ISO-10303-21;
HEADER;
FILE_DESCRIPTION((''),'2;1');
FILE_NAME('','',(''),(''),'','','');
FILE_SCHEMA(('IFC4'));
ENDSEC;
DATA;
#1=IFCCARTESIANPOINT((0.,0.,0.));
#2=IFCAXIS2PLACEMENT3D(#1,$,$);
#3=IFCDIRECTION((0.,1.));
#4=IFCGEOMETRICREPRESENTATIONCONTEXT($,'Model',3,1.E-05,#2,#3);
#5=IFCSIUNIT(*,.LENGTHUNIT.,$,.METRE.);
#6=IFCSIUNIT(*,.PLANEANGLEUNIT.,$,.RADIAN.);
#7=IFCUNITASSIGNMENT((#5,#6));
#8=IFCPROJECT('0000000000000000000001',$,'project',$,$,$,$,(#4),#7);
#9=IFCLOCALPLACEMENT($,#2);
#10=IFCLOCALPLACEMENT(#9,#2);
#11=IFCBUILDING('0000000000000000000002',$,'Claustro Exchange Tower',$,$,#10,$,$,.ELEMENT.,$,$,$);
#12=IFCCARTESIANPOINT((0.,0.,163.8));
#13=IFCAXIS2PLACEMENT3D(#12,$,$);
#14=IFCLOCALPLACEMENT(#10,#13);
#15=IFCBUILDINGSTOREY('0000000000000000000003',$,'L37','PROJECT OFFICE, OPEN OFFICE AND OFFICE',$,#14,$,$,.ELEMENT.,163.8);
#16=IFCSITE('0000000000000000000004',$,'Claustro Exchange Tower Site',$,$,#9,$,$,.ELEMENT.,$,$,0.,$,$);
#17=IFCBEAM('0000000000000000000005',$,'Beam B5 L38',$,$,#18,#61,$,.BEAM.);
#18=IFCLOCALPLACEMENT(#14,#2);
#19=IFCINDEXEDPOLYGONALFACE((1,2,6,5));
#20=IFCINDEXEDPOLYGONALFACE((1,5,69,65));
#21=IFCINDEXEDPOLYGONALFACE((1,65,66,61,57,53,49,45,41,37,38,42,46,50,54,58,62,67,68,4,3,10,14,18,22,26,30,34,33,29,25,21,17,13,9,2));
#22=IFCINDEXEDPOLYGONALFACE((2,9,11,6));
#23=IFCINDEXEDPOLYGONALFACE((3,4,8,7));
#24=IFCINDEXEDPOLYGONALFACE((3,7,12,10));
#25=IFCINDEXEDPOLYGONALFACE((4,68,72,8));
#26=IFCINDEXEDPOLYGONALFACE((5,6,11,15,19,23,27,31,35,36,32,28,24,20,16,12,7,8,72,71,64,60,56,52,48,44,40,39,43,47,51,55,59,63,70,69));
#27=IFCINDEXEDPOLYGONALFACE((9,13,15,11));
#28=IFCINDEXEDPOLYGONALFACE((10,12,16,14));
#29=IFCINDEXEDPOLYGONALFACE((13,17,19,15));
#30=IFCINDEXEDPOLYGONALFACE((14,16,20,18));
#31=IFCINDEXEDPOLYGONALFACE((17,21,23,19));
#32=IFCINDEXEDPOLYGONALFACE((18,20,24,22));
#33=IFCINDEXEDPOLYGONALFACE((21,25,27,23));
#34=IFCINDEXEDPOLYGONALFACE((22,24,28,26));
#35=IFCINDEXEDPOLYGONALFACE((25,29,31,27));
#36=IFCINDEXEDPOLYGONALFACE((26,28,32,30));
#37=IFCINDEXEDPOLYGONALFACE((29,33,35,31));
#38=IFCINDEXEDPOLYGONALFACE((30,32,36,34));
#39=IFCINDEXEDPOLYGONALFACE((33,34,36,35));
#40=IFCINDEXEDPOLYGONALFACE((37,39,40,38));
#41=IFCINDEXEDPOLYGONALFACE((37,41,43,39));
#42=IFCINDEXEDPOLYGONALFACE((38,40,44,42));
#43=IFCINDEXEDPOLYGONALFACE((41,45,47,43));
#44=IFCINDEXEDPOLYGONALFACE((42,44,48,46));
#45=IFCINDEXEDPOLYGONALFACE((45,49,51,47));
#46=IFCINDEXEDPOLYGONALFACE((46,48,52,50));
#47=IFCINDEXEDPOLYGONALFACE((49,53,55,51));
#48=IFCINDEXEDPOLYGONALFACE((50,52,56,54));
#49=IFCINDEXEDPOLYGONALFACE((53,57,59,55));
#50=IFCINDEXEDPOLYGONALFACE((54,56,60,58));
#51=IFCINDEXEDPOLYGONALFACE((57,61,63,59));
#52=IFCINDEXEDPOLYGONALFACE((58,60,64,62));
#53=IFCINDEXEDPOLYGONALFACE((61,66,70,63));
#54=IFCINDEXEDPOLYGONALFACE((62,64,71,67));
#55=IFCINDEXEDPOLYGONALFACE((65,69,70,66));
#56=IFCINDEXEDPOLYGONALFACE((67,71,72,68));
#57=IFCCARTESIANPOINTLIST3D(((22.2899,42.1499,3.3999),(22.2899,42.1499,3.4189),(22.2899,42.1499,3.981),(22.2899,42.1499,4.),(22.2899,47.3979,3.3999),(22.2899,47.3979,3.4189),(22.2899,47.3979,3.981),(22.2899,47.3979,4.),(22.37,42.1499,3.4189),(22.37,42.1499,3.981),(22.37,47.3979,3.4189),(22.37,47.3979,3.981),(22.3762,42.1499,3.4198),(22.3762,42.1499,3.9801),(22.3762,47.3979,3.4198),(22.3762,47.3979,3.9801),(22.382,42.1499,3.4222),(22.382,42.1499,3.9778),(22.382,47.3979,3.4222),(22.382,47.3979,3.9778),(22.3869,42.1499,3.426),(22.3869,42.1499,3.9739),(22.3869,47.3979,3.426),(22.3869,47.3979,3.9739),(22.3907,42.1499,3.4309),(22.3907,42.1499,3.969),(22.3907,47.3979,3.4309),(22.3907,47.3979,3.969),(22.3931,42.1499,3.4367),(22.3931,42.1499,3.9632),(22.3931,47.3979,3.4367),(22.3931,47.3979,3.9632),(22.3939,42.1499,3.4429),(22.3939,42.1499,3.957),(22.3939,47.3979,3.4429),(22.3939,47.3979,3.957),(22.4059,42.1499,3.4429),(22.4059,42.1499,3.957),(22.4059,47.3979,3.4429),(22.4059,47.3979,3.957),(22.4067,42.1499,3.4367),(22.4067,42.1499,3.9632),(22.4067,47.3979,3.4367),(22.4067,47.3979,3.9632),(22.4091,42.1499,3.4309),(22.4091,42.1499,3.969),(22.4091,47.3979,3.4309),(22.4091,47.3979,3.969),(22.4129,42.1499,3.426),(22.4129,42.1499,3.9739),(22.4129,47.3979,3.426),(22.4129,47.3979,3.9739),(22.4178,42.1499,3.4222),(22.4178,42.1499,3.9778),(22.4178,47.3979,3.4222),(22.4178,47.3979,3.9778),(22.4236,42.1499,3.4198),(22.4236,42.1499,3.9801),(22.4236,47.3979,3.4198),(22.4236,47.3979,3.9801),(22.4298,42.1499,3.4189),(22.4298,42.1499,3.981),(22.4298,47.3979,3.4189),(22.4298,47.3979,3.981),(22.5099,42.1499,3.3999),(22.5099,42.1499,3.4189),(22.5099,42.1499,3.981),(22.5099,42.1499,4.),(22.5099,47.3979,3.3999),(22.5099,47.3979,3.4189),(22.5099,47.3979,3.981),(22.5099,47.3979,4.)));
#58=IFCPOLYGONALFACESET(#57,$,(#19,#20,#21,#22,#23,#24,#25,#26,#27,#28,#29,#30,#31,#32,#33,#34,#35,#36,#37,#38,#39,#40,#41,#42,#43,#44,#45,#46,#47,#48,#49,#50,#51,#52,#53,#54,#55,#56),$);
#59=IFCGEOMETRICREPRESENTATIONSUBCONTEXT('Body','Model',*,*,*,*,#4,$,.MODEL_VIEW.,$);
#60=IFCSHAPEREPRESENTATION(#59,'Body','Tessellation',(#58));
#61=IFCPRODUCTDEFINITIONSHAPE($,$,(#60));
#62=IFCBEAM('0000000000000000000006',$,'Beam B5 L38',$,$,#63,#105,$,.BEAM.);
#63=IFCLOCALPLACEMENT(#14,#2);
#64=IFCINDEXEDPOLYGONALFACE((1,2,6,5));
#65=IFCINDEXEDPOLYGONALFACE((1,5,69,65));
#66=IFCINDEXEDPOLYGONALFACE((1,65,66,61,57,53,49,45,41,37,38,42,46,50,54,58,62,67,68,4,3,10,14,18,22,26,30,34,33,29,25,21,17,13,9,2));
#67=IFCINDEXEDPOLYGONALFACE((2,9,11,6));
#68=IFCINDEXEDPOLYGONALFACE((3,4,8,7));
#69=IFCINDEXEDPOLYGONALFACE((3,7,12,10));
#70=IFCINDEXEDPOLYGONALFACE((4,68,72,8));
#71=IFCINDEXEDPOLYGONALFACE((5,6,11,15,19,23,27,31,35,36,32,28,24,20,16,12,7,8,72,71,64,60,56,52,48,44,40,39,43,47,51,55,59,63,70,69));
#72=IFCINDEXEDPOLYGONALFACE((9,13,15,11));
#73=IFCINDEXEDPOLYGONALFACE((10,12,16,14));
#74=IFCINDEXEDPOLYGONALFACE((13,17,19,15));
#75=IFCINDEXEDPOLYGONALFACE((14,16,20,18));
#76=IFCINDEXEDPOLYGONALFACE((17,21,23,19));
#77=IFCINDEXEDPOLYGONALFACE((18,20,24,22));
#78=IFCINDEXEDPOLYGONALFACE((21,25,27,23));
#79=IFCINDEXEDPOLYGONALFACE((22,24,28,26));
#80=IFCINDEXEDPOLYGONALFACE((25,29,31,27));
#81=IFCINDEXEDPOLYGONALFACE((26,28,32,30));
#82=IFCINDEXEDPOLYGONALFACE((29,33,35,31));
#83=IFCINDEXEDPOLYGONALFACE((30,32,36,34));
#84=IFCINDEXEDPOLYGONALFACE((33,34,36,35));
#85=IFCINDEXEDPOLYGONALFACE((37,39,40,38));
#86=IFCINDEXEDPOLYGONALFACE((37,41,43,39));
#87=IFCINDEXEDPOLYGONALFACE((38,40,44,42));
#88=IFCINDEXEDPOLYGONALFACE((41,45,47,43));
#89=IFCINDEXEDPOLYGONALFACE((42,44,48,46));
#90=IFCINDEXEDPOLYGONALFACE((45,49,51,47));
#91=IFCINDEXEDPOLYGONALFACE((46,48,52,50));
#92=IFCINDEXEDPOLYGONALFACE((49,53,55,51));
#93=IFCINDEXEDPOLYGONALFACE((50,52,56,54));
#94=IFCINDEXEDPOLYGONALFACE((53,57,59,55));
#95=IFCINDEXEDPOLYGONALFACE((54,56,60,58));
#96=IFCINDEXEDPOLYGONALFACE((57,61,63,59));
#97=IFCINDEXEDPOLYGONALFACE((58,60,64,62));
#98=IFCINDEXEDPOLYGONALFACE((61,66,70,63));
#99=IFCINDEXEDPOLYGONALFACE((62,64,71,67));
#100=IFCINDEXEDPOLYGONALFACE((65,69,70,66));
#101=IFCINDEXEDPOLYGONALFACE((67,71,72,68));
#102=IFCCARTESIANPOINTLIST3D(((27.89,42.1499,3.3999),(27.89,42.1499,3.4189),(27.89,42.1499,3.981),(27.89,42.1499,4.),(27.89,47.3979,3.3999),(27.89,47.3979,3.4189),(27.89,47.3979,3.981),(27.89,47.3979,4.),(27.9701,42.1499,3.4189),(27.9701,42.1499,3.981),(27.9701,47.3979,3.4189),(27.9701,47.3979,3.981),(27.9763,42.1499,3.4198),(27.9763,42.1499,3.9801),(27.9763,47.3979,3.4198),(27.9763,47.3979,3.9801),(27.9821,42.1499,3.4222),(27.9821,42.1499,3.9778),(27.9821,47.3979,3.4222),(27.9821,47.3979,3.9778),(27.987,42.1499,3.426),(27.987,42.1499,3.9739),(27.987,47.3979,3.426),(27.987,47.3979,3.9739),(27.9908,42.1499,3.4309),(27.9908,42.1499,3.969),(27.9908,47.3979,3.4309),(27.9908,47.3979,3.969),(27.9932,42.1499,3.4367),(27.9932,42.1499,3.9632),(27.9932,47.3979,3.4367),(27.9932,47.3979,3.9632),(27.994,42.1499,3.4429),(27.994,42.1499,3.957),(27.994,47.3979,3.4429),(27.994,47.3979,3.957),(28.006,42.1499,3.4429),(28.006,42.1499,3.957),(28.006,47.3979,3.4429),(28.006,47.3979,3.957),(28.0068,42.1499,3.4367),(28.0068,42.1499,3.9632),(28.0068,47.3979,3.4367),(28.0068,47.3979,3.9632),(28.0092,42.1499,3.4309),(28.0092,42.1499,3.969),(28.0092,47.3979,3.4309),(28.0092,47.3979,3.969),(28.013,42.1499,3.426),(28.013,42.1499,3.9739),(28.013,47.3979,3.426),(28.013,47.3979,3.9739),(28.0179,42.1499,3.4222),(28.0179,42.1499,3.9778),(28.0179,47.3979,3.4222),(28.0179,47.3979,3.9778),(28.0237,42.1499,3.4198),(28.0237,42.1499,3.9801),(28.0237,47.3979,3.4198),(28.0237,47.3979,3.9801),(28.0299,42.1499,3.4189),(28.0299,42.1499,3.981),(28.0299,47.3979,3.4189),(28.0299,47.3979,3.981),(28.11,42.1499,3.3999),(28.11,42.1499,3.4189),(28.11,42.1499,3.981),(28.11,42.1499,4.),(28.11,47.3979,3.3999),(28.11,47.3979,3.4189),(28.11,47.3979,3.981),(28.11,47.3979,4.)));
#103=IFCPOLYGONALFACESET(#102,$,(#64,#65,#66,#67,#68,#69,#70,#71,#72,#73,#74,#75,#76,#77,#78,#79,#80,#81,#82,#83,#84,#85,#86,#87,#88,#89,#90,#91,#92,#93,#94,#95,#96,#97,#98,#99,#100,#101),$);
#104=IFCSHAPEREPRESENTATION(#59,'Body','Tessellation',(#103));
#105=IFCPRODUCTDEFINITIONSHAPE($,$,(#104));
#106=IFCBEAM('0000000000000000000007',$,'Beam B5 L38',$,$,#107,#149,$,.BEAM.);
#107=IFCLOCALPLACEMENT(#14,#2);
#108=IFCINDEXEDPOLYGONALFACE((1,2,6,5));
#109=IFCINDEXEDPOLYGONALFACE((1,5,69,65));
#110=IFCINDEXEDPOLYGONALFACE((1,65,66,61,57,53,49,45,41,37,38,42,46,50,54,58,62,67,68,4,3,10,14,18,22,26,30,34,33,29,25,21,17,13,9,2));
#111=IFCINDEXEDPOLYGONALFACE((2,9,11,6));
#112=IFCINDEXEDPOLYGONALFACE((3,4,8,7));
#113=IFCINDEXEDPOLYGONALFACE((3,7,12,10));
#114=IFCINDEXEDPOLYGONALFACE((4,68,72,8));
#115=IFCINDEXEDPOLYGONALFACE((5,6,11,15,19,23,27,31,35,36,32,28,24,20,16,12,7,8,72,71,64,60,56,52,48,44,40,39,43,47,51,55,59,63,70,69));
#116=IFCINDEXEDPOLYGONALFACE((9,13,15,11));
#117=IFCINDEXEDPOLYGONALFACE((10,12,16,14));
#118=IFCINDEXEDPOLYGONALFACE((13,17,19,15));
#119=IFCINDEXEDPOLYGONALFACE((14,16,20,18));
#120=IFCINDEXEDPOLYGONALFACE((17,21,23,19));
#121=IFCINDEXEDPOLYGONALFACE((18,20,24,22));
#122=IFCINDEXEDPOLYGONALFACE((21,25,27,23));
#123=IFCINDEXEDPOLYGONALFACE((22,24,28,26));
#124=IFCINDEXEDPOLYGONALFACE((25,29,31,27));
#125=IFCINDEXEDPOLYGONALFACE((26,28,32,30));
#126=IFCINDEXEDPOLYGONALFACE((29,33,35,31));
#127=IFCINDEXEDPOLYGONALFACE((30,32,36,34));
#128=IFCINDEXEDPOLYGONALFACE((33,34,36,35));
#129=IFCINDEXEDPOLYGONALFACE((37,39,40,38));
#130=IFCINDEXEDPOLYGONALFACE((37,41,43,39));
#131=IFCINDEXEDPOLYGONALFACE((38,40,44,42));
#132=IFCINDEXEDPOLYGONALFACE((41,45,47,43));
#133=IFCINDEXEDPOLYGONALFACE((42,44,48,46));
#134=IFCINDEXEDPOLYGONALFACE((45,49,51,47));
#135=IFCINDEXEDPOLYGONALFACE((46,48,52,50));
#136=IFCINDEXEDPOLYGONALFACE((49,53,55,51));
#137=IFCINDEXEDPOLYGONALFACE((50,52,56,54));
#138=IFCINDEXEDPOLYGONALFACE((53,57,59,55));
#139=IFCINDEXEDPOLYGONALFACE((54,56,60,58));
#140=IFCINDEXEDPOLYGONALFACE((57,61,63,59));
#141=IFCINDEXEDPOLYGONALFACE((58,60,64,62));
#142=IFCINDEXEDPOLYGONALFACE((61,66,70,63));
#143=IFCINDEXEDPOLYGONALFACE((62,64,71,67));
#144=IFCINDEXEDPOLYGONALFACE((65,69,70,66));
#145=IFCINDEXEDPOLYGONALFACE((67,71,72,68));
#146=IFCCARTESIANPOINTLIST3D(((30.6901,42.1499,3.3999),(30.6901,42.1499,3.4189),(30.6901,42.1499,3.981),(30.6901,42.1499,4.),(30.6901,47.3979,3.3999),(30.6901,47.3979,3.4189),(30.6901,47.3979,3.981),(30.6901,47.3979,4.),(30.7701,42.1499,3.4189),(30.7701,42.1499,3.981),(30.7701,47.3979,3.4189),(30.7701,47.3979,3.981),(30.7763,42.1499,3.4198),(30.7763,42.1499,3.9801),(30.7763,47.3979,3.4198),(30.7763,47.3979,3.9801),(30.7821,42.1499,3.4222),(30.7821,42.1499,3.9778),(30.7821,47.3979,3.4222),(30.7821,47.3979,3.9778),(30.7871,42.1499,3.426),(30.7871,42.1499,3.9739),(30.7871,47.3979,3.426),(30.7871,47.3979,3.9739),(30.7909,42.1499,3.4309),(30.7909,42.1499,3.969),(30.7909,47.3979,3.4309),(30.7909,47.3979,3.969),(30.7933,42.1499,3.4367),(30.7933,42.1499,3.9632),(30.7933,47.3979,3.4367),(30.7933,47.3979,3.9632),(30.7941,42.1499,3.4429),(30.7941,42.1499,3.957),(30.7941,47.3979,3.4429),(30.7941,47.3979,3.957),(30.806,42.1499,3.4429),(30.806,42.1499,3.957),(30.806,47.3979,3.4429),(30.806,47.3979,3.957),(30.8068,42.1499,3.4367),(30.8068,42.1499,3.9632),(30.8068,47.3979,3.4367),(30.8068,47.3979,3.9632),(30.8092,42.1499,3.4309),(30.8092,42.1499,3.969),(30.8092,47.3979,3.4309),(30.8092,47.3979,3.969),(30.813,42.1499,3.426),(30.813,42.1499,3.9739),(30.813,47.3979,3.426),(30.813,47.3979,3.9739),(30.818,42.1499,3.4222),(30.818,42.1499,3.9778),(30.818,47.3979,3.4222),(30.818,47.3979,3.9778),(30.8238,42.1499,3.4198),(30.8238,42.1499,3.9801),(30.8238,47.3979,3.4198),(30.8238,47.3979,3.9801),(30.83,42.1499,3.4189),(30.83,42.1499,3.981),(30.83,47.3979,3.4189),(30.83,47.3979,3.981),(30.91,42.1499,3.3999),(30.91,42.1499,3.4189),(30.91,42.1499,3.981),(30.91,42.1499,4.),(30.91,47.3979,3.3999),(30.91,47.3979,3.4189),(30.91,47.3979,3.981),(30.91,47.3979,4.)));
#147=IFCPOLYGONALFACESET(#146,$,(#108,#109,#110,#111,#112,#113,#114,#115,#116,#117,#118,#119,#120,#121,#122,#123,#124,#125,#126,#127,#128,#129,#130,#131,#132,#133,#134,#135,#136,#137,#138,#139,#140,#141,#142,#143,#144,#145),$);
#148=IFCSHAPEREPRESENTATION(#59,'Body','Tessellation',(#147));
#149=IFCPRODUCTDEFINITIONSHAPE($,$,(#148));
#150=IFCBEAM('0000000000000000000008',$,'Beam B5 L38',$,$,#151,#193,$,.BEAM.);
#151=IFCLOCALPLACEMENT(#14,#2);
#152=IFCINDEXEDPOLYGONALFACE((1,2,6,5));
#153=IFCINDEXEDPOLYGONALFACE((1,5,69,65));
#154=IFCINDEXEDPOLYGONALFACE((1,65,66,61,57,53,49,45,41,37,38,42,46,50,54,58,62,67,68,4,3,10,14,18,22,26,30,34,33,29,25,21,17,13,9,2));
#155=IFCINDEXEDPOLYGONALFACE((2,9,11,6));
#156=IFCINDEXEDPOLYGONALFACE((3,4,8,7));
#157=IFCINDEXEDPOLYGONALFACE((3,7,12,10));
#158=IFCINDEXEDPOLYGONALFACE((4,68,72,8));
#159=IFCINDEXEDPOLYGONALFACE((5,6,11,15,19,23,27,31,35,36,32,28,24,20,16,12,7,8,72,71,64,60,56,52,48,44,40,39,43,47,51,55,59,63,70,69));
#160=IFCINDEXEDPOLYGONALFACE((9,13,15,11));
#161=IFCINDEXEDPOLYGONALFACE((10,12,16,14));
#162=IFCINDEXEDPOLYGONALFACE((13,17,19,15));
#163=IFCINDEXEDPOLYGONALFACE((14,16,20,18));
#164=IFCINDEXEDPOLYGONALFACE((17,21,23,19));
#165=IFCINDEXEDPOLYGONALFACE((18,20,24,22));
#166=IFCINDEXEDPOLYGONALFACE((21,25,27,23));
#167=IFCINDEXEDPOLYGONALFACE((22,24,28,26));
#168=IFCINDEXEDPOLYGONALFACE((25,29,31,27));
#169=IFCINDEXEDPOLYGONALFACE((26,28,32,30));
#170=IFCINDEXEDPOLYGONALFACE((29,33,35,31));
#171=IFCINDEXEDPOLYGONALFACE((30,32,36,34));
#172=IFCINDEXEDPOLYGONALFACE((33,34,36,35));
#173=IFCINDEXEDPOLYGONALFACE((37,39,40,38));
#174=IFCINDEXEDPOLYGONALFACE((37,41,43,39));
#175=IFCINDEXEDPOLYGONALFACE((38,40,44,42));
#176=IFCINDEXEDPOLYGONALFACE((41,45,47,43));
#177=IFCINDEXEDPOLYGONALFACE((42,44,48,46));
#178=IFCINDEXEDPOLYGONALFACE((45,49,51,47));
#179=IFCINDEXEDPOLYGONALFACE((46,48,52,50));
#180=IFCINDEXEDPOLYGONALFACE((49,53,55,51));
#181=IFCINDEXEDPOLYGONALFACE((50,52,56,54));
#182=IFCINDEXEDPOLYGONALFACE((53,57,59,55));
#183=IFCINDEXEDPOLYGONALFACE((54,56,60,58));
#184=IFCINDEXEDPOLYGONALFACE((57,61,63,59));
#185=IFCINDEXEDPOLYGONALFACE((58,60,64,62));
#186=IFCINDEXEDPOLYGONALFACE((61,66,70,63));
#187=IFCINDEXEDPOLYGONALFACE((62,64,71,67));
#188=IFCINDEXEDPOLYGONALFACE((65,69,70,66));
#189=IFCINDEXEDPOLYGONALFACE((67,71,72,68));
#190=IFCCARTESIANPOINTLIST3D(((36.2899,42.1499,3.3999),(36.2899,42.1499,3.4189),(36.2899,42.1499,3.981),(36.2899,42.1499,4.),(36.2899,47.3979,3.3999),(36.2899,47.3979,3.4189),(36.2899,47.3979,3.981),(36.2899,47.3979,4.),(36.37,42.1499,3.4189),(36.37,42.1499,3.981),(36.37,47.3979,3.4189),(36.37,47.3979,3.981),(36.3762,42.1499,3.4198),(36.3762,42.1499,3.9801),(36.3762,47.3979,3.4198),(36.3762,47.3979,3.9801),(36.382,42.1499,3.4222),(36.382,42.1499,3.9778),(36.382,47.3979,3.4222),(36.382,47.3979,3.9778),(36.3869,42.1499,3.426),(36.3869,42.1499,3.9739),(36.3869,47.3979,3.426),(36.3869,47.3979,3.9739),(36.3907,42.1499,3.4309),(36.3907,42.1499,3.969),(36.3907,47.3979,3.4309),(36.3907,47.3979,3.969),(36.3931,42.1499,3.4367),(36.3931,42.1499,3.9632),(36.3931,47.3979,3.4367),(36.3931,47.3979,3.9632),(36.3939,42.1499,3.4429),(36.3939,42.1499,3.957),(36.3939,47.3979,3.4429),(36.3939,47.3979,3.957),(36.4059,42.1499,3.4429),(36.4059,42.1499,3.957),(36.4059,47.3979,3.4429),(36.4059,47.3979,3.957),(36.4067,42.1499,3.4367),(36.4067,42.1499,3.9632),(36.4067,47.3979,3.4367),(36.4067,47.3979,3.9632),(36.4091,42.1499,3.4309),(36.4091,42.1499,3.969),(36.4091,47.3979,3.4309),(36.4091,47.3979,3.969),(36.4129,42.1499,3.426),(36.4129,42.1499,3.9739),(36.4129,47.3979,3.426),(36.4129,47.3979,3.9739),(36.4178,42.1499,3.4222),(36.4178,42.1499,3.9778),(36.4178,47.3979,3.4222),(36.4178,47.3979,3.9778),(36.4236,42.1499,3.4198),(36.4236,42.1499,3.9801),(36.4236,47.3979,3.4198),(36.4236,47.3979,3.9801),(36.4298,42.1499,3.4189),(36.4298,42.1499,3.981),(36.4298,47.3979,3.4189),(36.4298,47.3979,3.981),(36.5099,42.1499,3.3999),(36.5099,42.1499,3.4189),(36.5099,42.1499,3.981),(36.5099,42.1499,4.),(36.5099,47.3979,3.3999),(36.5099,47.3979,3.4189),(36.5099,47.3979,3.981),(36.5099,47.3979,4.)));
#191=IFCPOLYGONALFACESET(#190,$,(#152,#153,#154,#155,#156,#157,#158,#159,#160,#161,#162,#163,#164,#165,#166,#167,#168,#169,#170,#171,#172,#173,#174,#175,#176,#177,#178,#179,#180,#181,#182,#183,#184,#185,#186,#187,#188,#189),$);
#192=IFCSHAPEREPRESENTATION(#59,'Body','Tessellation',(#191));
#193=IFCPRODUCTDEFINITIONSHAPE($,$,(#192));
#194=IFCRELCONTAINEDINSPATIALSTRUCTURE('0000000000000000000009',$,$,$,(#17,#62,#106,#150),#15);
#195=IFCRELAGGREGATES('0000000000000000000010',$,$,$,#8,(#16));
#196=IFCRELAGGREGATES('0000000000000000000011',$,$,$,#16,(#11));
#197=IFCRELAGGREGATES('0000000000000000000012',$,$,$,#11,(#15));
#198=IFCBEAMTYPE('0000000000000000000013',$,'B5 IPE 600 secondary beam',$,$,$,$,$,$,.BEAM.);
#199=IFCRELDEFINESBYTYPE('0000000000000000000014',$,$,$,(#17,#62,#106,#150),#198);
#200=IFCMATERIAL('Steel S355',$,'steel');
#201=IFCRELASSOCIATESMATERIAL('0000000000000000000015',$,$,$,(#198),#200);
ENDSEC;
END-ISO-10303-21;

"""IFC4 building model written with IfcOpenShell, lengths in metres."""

from ifc_helpers import new_model, si_unit, direction, frame, origin, origin_2d, place, context, subcontext, project, spatial, i_section, extrude, material, material_profile, profile_set, type_object, element, save


model = new_model("IFC4")

# Units and contexts
model_context = context("Model", 3, precision=1e-05, world=origin(), true_north=direction((0.0, 1.0)))
body_context = subcontext(model_context, "Body", "Model", "MODEL_VIEW")
ifc_project = project(units=[si_unit("LENGTHUNIT", "METRE"), si_unit("PLANEANGLEUNIT", "RADIAN")], contexts=[model_context])

# Site, building, storey
site_placement = place(None, origin())
site = spatial("IfcSite", under=ifc_project, at=site_placement, Name="Claustro Exchange Tower Site", CompositionType="ELEMENT", RefElevation=0.0)
building_placement = place(site_placement, origin())
building = spatial("IfcBuilding", under=site, at=building_placement, Name="Claustro Exchange Tower", CompositionType="ELEMENT")
storey_placement = place(building_placement, frame((0.0, 0.0, 163.8)))
storey = spatial("IfcBuildingStorey", under=building, at=storey_placement, Name="L37", Description="PROJECT OFFICE, OPEN OFFICE AND OFFICE", CompositionType="ELEMENT", Elevation=163.8)

# Beams
ifc_material_1 = material(Name="Steel S355", Category="steel")
ifc_material_profile_1 = material_profile(ifc_material_1, i_section(OverallWidth=0.22, OverallDepth=0.6001, WebThickness=0.012, FlangeThickness=0.019, FilletRadius=0.0239, at=origin_2d()), Name="IPE 600")
ifc_profile_set_1 = profile_set([ifc_material_profile_1], Name="Steel S355")
beam_type_1 = type_object("IfcBeamType", Name="B5 IPE 600 secondary beam", PredefinedType="BEAM", material=ifc_profile_set_1)
for number, where, z_axis, x_axis, name in (
    (1, (22.3999, 42.1499, 3.7), (0.0, 1.0, 0.0), (-1.0, 0.0, 0.0), "Beam B5 L38"),
    (2, (28.0, 42.1499, 3.7), (0.0, 1.0, 0.0), (-1.0, 0.0, 0.0), "Beam B5 L38"),
    (3, (30.8, 42.1499, 3.7), (0.0, 1.0, 0.0), (-1.0, 0.0, 0.0), "Beam B5 L38"),
    (4, (36.3999, 42.1499, 3.7), (0.0, 1.0, 0.0), (-1.0, 0.0, 0.0), "Beam B5 L38"),
):
    element("IfcBeam", number, at=place(storey_placement, frame(where, z_axis=z_axis, x_axis=x_axis)), inside=storey, type_object=beam_type_1, Name=name, PredefinedType="BEAM", context=body_context, shape_type="SweptSolid", body=[
        extrude(i_section(OverallWidth=0.22, OverallDepth=0.6001, WebThickness=0.012, FlangeThickness=0.019, FilletRadius=0.0239, at=origin_2d()), origin(), (0.0, 0.0, 1.0), 5.248),
    ])

save(model, "model.ifc")
